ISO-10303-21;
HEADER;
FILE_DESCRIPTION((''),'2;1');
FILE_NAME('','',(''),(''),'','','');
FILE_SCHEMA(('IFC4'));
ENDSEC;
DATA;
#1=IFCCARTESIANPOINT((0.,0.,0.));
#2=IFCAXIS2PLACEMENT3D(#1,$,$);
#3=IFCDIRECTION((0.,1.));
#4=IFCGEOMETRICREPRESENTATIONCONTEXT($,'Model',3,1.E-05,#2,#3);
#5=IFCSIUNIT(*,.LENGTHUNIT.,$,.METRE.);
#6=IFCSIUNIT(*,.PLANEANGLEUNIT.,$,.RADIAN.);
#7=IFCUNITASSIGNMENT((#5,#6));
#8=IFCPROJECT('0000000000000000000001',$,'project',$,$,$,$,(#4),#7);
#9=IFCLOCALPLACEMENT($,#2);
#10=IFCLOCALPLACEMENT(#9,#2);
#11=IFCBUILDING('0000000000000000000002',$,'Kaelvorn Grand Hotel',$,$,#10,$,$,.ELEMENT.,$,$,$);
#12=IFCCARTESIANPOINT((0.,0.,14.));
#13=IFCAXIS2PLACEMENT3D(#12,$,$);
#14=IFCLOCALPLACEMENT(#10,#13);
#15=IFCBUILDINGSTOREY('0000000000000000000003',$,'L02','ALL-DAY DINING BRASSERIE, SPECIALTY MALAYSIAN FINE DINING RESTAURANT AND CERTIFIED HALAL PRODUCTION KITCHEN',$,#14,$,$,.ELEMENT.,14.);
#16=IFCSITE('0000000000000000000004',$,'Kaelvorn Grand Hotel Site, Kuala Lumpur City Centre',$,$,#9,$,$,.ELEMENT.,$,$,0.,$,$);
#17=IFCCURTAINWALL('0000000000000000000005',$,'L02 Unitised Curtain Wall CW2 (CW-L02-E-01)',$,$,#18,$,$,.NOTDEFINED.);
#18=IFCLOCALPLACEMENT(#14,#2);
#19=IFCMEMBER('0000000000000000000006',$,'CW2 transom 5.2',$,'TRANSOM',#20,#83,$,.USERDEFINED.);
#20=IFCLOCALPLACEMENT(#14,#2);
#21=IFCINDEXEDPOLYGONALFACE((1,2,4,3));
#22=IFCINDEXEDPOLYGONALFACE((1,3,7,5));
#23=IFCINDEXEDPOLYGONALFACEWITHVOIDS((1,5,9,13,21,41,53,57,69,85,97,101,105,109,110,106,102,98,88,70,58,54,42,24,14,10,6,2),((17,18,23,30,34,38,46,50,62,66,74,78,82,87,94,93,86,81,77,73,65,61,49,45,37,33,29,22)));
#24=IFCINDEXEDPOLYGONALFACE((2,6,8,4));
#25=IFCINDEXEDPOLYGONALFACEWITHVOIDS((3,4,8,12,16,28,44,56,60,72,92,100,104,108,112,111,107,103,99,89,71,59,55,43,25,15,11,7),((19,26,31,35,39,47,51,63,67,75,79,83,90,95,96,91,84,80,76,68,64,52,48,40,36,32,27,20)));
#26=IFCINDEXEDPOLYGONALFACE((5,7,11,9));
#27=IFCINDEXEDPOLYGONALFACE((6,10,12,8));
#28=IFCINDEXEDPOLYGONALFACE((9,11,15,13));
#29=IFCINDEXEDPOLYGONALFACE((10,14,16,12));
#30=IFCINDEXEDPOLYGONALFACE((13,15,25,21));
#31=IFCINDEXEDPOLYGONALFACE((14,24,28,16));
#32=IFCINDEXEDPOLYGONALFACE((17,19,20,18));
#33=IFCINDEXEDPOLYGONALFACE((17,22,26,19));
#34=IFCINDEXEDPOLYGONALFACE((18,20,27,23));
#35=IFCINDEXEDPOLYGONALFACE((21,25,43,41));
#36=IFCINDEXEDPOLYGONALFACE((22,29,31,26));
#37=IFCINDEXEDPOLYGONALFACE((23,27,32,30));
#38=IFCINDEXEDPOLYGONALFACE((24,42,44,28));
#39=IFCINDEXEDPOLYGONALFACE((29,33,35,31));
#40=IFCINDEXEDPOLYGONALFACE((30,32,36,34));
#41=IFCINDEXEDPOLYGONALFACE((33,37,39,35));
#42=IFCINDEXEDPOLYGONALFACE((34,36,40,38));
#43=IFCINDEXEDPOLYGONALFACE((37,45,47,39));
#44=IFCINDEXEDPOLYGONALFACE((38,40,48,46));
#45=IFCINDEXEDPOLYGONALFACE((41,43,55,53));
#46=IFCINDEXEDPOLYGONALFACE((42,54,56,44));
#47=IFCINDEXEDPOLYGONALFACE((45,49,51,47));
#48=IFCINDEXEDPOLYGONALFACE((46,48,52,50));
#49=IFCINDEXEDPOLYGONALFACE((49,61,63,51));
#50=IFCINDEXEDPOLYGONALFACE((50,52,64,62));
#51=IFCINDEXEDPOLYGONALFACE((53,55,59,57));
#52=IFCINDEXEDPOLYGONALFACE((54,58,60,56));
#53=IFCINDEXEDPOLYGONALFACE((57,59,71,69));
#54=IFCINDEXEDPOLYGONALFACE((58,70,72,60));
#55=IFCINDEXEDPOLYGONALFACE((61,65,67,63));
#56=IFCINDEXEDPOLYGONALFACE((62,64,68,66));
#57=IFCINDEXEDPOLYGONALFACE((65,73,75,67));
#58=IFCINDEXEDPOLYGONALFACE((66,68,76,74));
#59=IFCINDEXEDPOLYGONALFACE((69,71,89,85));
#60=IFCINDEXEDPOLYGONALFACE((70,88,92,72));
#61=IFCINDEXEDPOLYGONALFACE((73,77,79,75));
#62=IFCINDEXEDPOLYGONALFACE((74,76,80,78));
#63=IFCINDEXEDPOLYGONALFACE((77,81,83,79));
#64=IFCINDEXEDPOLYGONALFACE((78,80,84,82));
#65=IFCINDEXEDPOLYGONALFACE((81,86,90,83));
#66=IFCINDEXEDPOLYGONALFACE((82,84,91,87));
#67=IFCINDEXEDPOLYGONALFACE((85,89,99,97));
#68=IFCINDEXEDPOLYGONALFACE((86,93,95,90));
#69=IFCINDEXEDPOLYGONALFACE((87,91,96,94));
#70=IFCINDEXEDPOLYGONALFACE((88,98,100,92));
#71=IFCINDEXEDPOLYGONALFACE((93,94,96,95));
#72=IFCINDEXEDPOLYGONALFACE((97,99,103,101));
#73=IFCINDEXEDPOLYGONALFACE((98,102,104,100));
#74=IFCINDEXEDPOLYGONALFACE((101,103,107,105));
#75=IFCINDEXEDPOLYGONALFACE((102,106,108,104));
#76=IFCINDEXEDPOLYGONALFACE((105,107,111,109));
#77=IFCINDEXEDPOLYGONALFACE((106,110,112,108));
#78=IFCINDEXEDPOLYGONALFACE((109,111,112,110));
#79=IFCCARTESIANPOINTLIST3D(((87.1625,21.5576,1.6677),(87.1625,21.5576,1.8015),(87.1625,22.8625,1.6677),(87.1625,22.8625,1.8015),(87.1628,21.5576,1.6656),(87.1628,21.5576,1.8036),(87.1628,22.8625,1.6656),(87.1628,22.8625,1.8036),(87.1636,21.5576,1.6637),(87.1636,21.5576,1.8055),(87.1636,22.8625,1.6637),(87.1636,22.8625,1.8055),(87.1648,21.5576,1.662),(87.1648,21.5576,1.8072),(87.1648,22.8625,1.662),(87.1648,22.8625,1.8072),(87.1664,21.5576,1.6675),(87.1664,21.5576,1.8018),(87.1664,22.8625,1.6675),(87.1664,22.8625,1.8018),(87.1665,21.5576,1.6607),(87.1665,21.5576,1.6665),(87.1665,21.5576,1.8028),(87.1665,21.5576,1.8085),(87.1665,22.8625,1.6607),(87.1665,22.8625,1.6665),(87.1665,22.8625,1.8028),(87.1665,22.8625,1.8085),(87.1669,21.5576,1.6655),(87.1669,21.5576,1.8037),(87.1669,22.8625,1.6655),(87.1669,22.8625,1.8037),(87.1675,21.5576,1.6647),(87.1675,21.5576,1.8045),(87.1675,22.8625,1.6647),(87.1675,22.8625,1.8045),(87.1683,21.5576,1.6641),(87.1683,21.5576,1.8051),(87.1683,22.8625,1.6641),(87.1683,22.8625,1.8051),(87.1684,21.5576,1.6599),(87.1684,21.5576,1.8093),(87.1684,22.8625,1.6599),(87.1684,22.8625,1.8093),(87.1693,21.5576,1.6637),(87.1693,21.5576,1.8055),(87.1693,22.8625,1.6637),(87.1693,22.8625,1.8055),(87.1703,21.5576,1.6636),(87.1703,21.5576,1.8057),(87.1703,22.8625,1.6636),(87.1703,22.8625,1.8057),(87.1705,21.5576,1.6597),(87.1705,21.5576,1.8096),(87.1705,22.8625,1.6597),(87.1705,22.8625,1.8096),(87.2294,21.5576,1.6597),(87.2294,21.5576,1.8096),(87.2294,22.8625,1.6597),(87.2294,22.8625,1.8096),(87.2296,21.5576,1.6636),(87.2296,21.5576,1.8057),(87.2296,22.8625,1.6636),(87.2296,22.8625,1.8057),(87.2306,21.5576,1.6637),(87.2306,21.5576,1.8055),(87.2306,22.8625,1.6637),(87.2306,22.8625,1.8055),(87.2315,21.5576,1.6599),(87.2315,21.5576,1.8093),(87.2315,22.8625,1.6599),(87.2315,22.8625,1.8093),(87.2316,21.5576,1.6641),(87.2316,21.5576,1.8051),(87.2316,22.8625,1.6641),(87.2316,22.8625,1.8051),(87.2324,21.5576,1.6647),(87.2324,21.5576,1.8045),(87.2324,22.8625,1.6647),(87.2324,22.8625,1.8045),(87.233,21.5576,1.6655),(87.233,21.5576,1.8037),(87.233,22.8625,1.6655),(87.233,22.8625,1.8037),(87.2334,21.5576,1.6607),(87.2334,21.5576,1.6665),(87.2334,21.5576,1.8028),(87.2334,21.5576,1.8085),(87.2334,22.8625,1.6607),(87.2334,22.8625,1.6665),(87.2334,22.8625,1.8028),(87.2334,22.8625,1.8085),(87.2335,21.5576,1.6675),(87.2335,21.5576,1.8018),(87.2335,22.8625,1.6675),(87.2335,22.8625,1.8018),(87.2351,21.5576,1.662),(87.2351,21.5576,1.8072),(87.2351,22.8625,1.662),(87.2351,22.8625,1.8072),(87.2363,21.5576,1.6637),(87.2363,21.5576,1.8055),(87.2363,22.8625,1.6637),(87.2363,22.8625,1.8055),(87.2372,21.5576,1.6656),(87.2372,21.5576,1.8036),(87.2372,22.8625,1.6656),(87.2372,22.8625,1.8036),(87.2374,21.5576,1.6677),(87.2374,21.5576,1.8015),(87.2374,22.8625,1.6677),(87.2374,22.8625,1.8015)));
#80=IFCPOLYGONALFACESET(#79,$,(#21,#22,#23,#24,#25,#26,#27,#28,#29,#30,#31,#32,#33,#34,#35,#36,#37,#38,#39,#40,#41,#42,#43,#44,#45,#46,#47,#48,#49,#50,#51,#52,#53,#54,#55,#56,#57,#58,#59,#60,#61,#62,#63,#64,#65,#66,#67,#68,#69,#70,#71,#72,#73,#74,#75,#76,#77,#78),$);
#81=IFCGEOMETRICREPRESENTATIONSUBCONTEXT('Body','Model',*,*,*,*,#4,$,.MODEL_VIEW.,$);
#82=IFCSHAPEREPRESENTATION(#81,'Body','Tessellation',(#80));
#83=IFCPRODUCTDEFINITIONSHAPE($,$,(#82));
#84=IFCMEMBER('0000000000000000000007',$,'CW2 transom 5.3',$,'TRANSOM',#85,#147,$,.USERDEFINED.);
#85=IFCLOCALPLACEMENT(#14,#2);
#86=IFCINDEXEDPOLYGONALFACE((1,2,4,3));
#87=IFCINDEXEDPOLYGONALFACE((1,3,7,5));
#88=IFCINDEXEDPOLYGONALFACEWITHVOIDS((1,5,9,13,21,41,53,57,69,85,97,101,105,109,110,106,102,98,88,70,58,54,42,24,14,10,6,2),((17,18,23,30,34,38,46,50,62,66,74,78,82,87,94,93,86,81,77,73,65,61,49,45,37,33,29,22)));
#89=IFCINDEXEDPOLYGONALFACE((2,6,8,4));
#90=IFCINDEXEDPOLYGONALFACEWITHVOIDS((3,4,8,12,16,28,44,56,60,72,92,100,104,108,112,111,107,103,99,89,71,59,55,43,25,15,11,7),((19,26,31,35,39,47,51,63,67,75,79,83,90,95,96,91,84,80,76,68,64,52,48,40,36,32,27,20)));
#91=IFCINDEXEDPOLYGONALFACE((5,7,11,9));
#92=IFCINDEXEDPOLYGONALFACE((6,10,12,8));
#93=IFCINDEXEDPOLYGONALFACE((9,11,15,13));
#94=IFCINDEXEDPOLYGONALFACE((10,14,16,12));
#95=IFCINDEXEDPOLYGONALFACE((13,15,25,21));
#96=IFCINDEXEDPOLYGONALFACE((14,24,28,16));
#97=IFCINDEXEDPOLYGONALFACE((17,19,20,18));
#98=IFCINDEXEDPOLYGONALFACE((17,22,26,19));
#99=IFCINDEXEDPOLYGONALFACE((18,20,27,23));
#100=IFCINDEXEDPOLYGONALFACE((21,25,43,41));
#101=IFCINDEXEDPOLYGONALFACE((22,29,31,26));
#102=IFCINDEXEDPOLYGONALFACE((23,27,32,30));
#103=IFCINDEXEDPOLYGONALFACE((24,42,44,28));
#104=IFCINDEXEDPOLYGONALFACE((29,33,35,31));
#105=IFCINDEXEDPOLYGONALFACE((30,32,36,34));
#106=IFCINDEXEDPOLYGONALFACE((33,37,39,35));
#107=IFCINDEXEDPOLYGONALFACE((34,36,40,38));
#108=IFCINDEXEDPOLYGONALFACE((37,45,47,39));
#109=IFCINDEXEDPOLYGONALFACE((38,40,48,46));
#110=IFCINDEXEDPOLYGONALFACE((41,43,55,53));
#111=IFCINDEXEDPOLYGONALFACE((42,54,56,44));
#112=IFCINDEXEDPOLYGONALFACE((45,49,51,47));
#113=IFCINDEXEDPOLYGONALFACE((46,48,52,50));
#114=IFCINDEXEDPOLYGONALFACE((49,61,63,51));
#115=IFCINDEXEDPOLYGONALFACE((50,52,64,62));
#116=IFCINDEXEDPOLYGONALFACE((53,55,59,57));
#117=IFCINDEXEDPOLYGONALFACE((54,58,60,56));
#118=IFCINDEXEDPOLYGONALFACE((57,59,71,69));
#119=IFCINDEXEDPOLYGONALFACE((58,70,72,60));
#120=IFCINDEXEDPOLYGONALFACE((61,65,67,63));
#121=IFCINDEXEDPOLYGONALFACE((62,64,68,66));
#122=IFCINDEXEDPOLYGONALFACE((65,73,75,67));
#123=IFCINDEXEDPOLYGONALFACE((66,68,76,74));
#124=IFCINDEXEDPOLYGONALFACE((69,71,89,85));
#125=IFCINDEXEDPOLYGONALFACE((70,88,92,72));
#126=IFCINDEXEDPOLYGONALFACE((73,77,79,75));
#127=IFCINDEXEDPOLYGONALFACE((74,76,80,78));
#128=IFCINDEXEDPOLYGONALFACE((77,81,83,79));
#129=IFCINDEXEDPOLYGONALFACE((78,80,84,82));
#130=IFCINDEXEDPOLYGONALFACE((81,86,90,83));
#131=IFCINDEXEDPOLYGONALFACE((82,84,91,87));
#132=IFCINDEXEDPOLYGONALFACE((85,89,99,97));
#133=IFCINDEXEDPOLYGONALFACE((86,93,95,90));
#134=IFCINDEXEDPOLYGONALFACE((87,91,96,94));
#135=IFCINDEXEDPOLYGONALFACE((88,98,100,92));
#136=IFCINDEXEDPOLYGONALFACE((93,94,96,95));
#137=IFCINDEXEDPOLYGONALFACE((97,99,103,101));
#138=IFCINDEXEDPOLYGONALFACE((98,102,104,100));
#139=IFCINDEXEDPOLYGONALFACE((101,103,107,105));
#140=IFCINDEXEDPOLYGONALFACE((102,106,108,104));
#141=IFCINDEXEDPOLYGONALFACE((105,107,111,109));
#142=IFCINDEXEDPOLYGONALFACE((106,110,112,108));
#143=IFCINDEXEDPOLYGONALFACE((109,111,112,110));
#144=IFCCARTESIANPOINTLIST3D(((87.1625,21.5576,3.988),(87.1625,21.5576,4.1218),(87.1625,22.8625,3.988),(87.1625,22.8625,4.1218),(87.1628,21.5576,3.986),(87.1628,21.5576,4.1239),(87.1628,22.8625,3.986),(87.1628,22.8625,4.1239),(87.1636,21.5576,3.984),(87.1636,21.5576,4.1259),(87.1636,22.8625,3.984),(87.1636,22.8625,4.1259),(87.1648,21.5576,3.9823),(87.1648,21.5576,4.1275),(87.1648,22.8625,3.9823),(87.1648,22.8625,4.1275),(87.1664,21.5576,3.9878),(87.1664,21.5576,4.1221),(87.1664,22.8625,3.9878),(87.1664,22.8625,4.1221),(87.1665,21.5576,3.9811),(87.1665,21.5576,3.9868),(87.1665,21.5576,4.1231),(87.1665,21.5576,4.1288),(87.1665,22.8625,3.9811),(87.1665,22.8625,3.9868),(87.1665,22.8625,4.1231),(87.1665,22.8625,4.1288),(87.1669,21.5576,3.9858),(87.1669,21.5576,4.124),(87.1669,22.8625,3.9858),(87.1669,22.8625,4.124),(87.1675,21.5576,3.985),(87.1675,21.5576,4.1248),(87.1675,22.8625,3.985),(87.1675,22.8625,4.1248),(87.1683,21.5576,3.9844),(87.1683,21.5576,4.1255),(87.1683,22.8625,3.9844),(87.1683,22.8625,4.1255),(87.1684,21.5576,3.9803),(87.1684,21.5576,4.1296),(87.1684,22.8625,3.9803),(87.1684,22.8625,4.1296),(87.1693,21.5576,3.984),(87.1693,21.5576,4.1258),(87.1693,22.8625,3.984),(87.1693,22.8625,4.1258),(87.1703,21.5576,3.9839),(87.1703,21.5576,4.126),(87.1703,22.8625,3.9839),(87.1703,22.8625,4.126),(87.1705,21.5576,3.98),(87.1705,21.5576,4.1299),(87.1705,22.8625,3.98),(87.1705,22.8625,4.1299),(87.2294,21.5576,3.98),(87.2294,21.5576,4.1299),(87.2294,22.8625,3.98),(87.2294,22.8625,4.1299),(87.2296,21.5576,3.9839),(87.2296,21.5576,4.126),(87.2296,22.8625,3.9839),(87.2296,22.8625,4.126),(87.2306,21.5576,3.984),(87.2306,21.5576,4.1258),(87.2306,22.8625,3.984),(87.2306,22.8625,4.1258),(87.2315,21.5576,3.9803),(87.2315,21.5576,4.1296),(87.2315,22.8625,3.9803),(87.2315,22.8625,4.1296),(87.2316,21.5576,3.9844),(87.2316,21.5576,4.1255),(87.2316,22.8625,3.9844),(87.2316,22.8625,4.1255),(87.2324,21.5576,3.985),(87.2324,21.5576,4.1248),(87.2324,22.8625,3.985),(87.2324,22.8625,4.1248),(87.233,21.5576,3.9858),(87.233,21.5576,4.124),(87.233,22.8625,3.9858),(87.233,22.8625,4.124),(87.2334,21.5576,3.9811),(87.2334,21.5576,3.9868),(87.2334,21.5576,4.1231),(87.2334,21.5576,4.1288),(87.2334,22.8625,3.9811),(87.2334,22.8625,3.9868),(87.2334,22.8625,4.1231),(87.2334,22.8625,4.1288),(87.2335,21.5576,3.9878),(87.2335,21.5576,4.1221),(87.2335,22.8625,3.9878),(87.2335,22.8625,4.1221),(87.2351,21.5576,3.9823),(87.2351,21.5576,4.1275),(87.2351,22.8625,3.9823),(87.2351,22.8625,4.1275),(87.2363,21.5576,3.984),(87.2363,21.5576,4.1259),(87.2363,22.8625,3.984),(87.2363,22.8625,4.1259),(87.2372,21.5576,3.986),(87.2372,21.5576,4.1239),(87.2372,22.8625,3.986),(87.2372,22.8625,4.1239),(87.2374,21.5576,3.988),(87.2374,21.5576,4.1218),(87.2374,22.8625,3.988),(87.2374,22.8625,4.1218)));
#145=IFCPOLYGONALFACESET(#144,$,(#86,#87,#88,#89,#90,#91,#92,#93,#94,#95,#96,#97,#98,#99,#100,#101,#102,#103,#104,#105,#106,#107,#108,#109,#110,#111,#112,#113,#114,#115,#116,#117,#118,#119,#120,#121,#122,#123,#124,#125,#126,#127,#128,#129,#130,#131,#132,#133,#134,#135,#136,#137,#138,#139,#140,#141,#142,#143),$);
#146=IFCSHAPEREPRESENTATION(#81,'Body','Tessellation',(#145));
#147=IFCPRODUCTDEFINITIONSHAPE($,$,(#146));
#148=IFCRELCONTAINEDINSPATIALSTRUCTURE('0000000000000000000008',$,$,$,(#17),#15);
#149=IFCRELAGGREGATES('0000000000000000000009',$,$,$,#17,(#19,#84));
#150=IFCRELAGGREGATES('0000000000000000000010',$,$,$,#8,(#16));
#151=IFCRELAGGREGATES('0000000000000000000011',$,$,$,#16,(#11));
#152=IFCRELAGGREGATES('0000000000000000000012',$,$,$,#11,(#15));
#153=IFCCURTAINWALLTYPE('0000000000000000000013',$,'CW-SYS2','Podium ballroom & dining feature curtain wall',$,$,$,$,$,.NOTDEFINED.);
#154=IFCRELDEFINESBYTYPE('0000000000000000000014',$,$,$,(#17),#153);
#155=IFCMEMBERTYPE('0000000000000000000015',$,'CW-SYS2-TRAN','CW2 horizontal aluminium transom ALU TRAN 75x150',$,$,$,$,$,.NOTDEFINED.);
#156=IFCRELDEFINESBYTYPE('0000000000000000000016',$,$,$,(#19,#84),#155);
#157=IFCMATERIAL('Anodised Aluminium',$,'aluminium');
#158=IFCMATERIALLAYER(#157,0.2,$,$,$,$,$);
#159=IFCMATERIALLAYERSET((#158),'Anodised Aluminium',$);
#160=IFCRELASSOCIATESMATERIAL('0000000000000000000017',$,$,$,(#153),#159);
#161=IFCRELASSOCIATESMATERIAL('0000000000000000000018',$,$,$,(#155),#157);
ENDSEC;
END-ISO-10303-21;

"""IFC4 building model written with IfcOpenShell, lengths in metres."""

from ifc_helpers import new_model, si_unit, direction, frame, origin, origin_2d, place, context, subcontext, project, spatial, hollow_rectangle, extrude, material, layer, layer_set, material_profile, profile_set, type_object, element, aggregate, save


model = new_model("IFC4")

# Units and contexts
model_context = context("Model", 3, precision=1e-05, world=origin(), true_north=direction((0.0, 1.0)))
body_context = subcontext(model_context, "Body", "Model", "MODEL_VIEW")
ifc_project = project(units=[si_unit("LENGTHUNIT", "METRE"), si_unit("PLANEANGLEUNIT", "RADIAN")], contexts=[model_context])

# Site, building, storey
site_placement = place(None, origin())
site = spatial("IfcSite", under=ifc_project, at=site_placement, Name="Kaelvorn Grand Hotel Site, Kuala Lumpur City Centre", CompositionType="ELEMENT", RefElevation=0.0)
building_placement = place(site_placement, origin())
building = spatial("IfcBuilding", under=site, at=building_placement, Name="Kaelvorn Grand Hotel", CompositionType="ELEMENT")
storey_placement = place(building_placement, frame((0.0, 0.0, 14.0)))
storey = spatial("IfcBuildingStorey", under=building, at=storey_placement, Name="L02", Description="ALL-DAY DINING BRASSERIE, SPECIALTY MALAYSIAN FINE DINING RESTAURANT AND CERTIFIED HALAL PRODUCTION KITCHEN", CompositionType="ELEMENT", Elevation=14.0)

# Curtain wall, members
ifc_material_1 = material(Name="Anodised Aluminium", Category="aluminium")
ifc_layer_1 = layer(ifc_material_1, 0.2)
ifc_layer_set_1 = layer_set([ifc_layer_1], Name="Anodised Aluminium")
curtain_wall_type = type_object("IfcCurtainWallType", Name="CW-SYS2", Description="Podium ballroom & dining feature curtain wall", PredefinedType="NOTDEFINED", material=ifc_layer_set_1)
curtain_wall_placement = place(storey_placement, origin())
curtain_wall = element("IfcCurtainWall", 1, at=curtain_wall_placement, inside=storey, type_object=curtain_wall_type, Name="L02 Unitised Curtain Wall CW2 (CW-L02-E-01)", PredefinedType="NOTDEFINED")
ifc_material_profile_1 = material_profile(ifc_material_1, hollow_rectangle(XDim=0.075, YDim=0.1499, WallThickness=0.0039, InnerFilletRadius=0.0039, OuterFilletRadius=0.0081, at=origin_2d()), Name="ALU TRAN 75x150")
ifc_profile_set_1 = profile_set([ifc_material_profile_1], Name="Anodised Aluminium")
member_type_1 = type_object("IfcMemberType", Name="CW-SYS2-TRAN", Description="CW2 horizontal aluminium transom ALU TRAN 75x150", PredefinedType="NOTDEFINED", material=ifc_profile_set_1)
member_1_placement = place(storey_placement, frame((87.2, 21.5576, 1.7346), z_axis=(0.0, 1.0, 0.0), x_axis=(-1.0, 0.0, 0.0)))
member_1 = element("IfcMember", 2, at=member_1_placement, type_object=member_type_1, Name="CW2 transom 5.2", ObjectType="TRANSOM", PredefinedType="USERDEFINED", context=body_context, shape_type="SweptSolid", body=[
    extrude(hollow_rectangle(XDim=0.075, YDim=0.1499, WallThickness=0.0039, InnerFilletRadius=0.0039, OuterFilletRadius=0.0081, at=origin_2d()), origin(), (0.0, 0.0, 1.0), 1.3049),
])
member_2_placement = place(storey_placement, frame((87.2, 21.5576, 4.0549), z_axis=(0.0, 1.0, 0.0), x_axis=(-1.0, 0.0, 0.0)))
member_2 = element("IfcMember", 3, at=member_2_placement, type_object=member_type_1, Name="CW2 transom 5.3", ObjectType="TRANSOM", PredefinedType="USERDEFINED", context=body_context, shape_type="SweptSolid", body=[
    extrude(hollow_rectangle(XDim=0.075, YDim=0.1499, WallThickness=0.0039, InnerFilletRadius=0.0039, OuterFilletRadius=0.0081, at=origin_2d()), origin(), (0.0, 0.0, 1.0), 1.3049),
])
aggregate(curtain_wall, [member_1, member_2])

save(model, "model.ifc")
